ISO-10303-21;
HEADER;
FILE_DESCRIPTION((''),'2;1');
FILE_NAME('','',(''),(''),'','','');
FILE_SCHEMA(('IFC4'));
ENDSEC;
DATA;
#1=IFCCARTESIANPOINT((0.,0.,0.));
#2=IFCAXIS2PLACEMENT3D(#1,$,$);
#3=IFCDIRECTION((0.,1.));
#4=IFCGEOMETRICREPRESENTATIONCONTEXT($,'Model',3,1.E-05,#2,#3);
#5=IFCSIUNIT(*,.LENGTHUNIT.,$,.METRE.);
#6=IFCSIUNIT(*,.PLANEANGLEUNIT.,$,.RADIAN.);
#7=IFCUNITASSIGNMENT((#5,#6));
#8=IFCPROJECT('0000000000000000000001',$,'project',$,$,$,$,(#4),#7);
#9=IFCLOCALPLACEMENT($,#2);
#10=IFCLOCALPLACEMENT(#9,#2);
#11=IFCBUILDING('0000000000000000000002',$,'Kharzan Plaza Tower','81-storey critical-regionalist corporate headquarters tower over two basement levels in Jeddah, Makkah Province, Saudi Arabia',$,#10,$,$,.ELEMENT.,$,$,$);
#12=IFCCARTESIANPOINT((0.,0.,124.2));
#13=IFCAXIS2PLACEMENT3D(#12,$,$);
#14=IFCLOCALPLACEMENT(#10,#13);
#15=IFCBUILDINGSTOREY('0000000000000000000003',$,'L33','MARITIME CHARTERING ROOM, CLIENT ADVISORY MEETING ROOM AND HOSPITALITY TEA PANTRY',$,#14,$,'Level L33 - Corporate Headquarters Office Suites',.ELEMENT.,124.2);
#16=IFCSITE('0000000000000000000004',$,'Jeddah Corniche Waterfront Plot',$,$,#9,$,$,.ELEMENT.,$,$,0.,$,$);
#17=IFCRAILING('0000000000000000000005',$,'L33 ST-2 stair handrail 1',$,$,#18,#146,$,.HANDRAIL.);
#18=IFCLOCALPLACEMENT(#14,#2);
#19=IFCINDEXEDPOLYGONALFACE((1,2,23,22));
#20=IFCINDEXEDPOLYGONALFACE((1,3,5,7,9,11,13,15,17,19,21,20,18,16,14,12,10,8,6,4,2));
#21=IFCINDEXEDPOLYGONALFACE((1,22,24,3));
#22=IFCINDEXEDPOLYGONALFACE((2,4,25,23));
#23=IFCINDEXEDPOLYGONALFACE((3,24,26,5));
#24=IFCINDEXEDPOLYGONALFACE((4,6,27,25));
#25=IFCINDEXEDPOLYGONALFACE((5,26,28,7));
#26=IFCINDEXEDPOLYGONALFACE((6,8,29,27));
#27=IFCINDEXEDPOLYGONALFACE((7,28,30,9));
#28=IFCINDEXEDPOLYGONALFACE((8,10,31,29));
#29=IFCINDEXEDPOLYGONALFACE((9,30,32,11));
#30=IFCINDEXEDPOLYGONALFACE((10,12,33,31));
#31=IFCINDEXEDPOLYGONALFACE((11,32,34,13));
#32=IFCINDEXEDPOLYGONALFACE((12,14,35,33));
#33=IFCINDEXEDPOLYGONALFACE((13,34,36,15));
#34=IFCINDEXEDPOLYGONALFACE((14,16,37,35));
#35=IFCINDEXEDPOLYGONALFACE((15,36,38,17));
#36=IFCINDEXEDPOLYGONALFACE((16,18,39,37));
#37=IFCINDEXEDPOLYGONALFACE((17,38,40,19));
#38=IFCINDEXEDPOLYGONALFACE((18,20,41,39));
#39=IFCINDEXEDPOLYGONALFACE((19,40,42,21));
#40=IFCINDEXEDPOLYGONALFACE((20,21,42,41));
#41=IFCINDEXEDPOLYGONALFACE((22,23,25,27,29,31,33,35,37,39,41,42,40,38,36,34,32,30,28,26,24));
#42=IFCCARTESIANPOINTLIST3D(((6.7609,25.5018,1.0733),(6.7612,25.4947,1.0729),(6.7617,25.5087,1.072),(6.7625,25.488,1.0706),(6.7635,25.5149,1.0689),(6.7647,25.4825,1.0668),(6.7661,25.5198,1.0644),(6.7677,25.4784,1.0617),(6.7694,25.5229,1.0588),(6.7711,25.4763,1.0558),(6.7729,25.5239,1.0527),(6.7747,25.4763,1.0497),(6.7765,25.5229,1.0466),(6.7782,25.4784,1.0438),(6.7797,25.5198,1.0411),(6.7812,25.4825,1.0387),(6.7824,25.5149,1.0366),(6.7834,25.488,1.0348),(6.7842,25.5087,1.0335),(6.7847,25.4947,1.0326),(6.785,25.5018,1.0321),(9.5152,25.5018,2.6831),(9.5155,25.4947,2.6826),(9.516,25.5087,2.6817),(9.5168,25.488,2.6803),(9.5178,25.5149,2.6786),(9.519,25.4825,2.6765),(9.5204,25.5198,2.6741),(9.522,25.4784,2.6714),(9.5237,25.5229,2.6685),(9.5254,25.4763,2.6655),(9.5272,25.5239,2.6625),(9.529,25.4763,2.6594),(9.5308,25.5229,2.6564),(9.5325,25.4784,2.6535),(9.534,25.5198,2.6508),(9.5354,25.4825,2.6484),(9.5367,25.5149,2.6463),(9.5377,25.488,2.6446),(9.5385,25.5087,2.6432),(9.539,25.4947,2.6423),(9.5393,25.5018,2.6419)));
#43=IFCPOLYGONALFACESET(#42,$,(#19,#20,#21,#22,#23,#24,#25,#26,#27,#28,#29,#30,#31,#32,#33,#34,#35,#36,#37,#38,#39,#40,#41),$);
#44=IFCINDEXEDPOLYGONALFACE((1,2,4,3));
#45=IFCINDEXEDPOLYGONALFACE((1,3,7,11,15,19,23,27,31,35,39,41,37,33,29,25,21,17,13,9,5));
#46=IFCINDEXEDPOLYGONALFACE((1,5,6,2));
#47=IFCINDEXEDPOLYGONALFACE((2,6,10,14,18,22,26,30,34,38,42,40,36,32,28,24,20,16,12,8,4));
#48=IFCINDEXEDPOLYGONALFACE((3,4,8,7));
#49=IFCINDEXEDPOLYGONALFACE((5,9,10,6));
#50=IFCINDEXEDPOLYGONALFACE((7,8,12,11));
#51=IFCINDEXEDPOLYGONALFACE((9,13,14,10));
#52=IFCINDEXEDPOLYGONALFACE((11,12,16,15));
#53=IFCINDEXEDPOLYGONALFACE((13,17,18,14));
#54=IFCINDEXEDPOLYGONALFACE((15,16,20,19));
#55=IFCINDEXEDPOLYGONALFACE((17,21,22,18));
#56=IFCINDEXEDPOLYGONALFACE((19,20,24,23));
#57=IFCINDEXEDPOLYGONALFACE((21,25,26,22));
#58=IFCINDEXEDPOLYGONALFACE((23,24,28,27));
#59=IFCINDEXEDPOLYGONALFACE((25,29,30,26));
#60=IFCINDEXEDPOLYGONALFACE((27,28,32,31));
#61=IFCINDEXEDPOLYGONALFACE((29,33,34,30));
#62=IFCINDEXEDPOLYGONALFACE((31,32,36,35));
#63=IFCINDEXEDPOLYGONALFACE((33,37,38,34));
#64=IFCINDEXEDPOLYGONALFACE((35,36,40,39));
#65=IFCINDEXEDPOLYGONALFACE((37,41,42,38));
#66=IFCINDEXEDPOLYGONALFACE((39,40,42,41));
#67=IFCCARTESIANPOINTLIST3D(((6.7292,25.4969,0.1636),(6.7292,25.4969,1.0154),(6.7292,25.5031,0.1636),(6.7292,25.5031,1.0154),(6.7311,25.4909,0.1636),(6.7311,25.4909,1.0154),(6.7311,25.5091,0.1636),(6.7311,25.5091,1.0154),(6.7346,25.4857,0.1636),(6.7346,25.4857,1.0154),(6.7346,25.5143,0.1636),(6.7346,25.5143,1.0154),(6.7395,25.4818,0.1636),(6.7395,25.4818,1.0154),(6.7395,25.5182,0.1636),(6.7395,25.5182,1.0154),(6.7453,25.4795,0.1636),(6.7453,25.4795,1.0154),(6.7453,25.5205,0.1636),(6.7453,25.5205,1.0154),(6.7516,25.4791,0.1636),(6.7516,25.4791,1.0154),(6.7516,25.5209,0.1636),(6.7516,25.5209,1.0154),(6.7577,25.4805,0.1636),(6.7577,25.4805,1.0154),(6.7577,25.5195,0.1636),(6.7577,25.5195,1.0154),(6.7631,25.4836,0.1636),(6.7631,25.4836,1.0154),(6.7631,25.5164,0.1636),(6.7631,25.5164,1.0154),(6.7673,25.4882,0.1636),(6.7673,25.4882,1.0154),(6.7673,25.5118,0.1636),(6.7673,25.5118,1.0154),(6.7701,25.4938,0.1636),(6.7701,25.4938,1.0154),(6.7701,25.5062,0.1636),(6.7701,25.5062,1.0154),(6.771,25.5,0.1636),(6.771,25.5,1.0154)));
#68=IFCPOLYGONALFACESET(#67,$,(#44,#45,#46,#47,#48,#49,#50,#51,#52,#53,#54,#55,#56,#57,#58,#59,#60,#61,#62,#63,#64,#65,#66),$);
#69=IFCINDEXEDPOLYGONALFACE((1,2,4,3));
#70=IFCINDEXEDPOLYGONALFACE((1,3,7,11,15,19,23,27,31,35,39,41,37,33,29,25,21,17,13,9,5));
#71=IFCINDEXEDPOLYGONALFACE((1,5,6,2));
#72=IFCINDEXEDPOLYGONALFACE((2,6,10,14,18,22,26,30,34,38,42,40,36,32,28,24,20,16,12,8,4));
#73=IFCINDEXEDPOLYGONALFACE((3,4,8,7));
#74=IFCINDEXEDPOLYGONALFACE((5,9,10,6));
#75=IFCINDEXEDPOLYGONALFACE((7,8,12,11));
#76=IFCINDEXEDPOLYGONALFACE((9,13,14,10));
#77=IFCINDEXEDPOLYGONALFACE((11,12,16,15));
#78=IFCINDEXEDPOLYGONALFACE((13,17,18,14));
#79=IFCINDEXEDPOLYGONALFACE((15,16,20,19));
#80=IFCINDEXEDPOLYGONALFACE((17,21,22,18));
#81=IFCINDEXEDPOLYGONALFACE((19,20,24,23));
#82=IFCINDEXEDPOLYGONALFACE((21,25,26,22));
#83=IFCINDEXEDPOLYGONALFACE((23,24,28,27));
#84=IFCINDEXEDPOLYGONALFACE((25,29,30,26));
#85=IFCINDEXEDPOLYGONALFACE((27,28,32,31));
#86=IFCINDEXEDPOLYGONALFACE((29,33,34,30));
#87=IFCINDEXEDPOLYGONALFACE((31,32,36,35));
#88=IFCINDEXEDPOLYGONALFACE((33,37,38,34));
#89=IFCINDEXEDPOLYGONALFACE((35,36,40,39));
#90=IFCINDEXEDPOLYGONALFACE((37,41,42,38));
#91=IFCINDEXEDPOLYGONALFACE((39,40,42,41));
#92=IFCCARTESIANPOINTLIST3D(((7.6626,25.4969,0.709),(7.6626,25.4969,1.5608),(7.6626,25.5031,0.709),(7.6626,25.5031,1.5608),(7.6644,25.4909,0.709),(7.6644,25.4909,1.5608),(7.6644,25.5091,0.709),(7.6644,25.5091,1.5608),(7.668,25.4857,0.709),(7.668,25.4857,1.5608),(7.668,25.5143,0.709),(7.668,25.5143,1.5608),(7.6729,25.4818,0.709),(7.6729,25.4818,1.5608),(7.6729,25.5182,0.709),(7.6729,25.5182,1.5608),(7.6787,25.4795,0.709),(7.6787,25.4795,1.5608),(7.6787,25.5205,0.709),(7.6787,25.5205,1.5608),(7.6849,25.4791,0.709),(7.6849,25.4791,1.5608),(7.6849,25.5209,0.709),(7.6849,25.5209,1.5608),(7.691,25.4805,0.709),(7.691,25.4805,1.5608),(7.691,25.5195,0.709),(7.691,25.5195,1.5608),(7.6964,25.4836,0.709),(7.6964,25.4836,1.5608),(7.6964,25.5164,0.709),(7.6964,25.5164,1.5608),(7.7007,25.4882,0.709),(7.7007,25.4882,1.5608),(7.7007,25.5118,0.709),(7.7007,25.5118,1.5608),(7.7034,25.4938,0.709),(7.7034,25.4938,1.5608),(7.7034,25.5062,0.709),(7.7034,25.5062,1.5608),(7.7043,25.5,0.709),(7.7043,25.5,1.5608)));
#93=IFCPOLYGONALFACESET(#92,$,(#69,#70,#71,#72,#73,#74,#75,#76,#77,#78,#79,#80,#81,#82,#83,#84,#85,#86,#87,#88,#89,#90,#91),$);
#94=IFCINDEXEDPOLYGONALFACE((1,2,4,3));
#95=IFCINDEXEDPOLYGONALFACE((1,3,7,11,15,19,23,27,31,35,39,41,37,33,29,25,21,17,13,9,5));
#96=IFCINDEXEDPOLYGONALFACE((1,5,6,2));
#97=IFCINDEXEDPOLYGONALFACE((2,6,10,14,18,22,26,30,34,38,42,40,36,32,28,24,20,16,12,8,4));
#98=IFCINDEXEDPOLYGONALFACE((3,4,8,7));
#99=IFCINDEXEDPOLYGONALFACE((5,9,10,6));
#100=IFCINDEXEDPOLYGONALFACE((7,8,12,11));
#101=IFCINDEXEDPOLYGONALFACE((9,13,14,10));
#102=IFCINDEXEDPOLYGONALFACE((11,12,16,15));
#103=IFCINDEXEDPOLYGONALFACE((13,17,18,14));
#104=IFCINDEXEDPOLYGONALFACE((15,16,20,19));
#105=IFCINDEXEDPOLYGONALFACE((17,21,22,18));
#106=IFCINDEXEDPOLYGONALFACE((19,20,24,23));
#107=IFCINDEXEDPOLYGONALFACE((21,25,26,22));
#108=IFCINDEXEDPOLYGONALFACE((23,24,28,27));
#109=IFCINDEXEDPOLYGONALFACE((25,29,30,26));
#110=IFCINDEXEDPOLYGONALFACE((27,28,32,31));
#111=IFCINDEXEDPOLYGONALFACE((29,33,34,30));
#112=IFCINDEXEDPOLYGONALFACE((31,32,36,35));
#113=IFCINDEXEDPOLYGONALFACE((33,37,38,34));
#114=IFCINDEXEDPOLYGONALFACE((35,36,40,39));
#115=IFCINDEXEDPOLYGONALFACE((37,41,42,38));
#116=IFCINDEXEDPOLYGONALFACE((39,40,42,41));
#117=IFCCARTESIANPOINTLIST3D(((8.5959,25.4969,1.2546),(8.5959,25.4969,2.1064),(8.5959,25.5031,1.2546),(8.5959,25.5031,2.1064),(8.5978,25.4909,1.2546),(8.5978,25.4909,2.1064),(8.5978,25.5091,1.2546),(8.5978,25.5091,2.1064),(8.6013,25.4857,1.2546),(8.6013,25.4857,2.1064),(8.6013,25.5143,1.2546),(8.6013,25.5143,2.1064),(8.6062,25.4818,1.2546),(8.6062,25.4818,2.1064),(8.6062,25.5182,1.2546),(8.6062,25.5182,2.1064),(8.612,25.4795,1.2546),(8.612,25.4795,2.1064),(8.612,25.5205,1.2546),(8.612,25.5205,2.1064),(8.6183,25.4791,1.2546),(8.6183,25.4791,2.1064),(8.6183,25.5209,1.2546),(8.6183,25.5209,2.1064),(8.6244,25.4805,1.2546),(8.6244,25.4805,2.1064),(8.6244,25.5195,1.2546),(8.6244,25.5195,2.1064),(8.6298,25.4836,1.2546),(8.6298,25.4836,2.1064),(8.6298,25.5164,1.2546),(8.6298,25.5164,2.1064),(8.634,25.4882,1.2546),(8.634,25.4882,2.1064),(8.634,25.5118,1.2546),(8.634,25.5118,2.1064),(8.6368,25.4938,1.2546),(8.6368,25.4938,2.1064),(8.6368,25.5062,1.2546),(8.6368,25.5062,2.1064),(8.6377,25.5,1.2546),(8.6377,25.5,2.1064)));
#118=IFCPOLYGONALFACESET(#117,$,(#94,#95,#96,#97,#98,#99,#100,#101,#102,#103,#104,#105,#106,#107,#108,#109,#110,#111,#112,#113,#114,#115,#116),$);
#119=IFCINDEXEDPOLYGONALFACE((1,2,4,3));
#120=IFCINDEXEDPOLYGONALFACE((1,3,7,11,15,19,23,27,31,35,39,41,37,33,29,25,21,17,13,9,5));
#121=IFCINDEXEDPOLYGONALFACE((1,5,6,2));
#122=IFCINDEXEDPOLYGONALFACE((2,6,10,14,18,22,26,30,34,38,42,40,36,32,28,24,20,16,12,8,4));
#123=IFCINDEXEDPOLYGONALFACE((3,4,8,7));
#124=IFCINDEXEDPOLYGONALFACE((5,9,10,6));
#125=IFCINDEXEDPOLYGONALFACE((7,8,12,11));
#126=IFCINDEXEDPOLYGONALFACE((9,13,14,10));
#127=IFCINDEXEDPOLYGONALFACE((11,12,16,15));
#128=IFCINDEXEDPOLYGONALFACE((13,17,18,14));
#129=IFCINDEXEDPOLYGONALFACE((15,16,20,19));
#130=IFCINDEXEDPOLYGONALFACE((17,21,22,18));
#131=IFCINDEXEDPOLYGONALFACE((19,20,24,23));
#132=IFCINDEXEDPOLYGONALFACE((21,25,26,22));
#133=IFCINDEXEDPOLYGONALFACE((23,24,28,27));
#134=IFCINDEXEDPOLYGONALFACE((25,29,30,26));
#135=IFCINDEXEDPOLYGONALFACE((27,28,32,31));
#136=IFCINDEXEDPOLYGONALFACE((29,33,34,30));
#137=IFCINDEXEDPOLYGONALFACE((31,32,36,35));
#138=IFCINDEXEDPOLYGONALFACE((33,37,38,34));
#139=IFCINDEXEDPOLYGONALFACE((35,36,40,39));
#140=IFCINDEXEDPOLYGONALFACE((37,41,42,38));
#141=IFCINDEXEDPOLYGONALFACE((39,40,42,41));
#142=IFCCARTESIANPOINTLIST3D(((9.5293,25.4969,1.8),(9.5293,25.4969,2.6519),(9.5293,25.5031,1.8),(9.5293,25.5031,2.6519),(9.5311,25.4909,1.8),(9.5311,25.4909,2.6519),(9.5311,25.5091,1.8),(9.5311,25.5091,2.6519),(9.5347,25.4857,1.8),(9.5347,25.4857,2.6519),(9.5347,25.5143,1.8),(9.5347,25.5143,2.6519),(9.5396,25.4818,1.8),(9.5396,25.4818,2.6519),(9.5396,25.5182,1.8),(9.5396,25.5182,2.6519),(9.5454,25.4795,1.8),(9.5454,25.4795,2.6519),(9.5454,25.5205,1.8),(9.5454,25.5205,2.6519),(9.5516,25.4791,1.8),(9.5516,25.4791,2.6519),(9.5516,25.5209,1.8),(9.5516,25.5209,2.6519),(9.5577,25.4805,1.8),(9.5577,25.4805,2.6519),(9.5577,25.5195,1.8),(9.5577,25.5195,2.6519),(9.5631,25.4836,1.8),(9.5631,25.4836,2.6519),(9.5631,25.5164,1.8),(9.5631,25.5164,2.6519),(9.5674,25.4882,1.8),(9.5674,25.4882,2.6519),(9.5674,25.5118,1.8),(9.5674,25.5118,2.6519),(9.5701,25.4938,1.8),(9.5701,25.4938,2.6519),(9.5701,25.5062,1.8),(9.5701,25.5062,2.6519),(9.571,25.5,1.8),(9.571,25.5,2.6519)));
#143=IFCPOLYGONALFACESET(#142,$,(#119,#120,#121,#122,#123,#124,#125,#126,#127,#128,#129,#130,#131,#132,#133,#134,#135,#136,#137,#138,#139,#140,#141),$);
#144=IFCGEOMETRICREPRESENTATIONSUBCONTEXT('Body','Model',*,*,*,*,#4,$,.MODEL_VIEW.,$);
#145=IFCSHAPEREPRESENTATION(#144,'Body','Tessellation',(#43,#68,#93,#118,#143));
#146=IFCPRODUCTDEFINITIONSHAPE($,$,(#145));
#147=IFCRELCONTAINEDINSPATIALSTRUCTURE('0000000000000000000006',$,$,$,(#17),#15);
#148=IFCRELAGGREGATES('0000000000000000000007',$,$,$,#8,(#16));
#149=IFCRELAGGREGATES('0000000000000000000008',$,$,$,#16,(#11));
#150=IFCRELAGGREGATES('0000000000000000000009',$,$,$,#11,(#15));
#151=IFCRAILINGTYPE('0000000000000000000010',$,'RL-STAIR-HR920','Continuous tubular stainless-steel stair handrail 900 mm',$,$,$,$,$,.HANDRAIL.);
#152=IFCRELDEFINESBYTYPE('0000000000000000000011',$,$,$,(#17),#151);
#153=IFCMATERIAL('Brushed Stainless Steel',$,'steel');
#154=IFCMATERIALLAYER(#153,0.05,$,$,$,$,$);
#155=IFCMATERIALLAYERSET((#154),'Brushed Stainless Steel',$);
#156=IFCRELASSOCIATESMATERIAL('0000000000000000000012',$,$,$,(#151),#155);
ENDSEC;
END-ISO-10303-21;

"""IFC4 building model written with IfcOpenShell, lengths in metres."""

from ifc_helpers import new_model, si_unit, direction, frame, origin, origin_2d, place, context, subcontext, project, spatial, circle, extrude, source, transform, mapped, material, layer, layer_set, type_object, element, save


model = new_model("IFC4")

# Units and contexts
model_context = context("Model", 3, precision=1e-05, world=origin(), true_north=direction((0.0, 1.0)))
body_context = subcontext(model_context, "Body", "Model", "MODEL_VIEW")
ifc_project = project(units=[si_unit("LENGTHUNIT", "METRE"), si_unit("PLANEANGLEUNIT", "RADIAN")], contexts=[model_context])

# Site, building, storey
site_placement = place(None, origin())
site = spatial("IfcSite", under=ifc_project, at=site_placement, Name="Jeddah Corniche Waterfront Plot", CompositionType="ELEMENT", RefElevation=0.0)
building_placement = place(site_placement, origin())
building = spatial("IfcBuilding", under=site, at=building_placement, Name="Kharzan Plaza Tower", Description="81-storey critical-regionalist corporate headquarters tower over two basement levels in Jeddah, Makkah Province, Saudi Arabia", CompositionType="ELEMENT")
storey_placement = place(building_placement, frame((0.0, 0.0, 124.2)))
storey = spatial("IfcBuildingStorey", under=building, at=storey_placement, Name="L33", Description="MARITIME CHARTERING ROOM, CLIENT ADVISORY MEETING ROOM AND HOSPITALITY TEA PANTRY", LongName="Level L33 - Corporate Headquarters Office Suites", CompositionType="ELEMENT", Elevation=124.2)

# Shared definitions
ifc_material_1 = material(Name="Brushed Stainless Steel", Category="steel")

# Railing
ifc_layer_1 = layer(ifc_material_1, 0.05)
ifc_layer_set_1 = layer_set([ifc_layer_1], Name="Brushed Stainless Steel")
railing_type_1 = type_object("IfcRailingType", Name="RL-STAIR-HR920", Description="Continuous tubular stainless-steel stair handrail 900 mm", PredefinedType="HANDRAIL", material=ifc_layer_set_1)
shared_shape_1 = source(origin(), body_context, "Body", "SweptSolid", [
    extrude(circle(Radius=0.0239, at=origin_2d()), frame((0.0229, 0.0, 0.8892), z_axis=(0.863361, 0.0, 0.504587), x_axis=(0.0, 1.0, 0.0)), (0.0, 0.0, 1.0), 3.1902),
    extrude(circle(Radius=0.021, at=origin_2d()), origin(), (0.0, 0.0, 1.0), 0.8518),
    extrude(circle(Radius=0.021, at=origin_2d()), frame((0.9333, 0.0, 0.5454)), (0.0, 0.0, 1.0), 0.8518),
    extrude(circle(Radius=0.021, at=origin_2d()), frame((1.8667, 0.0, 1.0911)), (0.0, 0.0, 1.0), 0.8518),
    extrude(circle(Radius=0.021, at=origin_2d()), frame((2.8, 0.0, 1.6365)), (0.0, 0.0, 1.0), 0.8518),
])
railing_1_placement = place(storey_placement, frame((6.75, 25.5, 0.1636)))
element("IfcRailing", 1, at=railing_1_placement, inside=storey, type_object=railing_type_1, Name="L33 ST-2 stair handrail 1", PredefinedType="HANDRAIL", context=body_context, shape_type="MappedRepresentation", body=[
    mapped(shared_shape_1, transform((0.0, 0.0, 0.0), x_axis=(1.0, 0.0, 0.0), y_axis=(0.0, 1.0, 0.0), z_axis=(0.0, 0.0, 1.0))),
])

save(model, "model.ifc")
